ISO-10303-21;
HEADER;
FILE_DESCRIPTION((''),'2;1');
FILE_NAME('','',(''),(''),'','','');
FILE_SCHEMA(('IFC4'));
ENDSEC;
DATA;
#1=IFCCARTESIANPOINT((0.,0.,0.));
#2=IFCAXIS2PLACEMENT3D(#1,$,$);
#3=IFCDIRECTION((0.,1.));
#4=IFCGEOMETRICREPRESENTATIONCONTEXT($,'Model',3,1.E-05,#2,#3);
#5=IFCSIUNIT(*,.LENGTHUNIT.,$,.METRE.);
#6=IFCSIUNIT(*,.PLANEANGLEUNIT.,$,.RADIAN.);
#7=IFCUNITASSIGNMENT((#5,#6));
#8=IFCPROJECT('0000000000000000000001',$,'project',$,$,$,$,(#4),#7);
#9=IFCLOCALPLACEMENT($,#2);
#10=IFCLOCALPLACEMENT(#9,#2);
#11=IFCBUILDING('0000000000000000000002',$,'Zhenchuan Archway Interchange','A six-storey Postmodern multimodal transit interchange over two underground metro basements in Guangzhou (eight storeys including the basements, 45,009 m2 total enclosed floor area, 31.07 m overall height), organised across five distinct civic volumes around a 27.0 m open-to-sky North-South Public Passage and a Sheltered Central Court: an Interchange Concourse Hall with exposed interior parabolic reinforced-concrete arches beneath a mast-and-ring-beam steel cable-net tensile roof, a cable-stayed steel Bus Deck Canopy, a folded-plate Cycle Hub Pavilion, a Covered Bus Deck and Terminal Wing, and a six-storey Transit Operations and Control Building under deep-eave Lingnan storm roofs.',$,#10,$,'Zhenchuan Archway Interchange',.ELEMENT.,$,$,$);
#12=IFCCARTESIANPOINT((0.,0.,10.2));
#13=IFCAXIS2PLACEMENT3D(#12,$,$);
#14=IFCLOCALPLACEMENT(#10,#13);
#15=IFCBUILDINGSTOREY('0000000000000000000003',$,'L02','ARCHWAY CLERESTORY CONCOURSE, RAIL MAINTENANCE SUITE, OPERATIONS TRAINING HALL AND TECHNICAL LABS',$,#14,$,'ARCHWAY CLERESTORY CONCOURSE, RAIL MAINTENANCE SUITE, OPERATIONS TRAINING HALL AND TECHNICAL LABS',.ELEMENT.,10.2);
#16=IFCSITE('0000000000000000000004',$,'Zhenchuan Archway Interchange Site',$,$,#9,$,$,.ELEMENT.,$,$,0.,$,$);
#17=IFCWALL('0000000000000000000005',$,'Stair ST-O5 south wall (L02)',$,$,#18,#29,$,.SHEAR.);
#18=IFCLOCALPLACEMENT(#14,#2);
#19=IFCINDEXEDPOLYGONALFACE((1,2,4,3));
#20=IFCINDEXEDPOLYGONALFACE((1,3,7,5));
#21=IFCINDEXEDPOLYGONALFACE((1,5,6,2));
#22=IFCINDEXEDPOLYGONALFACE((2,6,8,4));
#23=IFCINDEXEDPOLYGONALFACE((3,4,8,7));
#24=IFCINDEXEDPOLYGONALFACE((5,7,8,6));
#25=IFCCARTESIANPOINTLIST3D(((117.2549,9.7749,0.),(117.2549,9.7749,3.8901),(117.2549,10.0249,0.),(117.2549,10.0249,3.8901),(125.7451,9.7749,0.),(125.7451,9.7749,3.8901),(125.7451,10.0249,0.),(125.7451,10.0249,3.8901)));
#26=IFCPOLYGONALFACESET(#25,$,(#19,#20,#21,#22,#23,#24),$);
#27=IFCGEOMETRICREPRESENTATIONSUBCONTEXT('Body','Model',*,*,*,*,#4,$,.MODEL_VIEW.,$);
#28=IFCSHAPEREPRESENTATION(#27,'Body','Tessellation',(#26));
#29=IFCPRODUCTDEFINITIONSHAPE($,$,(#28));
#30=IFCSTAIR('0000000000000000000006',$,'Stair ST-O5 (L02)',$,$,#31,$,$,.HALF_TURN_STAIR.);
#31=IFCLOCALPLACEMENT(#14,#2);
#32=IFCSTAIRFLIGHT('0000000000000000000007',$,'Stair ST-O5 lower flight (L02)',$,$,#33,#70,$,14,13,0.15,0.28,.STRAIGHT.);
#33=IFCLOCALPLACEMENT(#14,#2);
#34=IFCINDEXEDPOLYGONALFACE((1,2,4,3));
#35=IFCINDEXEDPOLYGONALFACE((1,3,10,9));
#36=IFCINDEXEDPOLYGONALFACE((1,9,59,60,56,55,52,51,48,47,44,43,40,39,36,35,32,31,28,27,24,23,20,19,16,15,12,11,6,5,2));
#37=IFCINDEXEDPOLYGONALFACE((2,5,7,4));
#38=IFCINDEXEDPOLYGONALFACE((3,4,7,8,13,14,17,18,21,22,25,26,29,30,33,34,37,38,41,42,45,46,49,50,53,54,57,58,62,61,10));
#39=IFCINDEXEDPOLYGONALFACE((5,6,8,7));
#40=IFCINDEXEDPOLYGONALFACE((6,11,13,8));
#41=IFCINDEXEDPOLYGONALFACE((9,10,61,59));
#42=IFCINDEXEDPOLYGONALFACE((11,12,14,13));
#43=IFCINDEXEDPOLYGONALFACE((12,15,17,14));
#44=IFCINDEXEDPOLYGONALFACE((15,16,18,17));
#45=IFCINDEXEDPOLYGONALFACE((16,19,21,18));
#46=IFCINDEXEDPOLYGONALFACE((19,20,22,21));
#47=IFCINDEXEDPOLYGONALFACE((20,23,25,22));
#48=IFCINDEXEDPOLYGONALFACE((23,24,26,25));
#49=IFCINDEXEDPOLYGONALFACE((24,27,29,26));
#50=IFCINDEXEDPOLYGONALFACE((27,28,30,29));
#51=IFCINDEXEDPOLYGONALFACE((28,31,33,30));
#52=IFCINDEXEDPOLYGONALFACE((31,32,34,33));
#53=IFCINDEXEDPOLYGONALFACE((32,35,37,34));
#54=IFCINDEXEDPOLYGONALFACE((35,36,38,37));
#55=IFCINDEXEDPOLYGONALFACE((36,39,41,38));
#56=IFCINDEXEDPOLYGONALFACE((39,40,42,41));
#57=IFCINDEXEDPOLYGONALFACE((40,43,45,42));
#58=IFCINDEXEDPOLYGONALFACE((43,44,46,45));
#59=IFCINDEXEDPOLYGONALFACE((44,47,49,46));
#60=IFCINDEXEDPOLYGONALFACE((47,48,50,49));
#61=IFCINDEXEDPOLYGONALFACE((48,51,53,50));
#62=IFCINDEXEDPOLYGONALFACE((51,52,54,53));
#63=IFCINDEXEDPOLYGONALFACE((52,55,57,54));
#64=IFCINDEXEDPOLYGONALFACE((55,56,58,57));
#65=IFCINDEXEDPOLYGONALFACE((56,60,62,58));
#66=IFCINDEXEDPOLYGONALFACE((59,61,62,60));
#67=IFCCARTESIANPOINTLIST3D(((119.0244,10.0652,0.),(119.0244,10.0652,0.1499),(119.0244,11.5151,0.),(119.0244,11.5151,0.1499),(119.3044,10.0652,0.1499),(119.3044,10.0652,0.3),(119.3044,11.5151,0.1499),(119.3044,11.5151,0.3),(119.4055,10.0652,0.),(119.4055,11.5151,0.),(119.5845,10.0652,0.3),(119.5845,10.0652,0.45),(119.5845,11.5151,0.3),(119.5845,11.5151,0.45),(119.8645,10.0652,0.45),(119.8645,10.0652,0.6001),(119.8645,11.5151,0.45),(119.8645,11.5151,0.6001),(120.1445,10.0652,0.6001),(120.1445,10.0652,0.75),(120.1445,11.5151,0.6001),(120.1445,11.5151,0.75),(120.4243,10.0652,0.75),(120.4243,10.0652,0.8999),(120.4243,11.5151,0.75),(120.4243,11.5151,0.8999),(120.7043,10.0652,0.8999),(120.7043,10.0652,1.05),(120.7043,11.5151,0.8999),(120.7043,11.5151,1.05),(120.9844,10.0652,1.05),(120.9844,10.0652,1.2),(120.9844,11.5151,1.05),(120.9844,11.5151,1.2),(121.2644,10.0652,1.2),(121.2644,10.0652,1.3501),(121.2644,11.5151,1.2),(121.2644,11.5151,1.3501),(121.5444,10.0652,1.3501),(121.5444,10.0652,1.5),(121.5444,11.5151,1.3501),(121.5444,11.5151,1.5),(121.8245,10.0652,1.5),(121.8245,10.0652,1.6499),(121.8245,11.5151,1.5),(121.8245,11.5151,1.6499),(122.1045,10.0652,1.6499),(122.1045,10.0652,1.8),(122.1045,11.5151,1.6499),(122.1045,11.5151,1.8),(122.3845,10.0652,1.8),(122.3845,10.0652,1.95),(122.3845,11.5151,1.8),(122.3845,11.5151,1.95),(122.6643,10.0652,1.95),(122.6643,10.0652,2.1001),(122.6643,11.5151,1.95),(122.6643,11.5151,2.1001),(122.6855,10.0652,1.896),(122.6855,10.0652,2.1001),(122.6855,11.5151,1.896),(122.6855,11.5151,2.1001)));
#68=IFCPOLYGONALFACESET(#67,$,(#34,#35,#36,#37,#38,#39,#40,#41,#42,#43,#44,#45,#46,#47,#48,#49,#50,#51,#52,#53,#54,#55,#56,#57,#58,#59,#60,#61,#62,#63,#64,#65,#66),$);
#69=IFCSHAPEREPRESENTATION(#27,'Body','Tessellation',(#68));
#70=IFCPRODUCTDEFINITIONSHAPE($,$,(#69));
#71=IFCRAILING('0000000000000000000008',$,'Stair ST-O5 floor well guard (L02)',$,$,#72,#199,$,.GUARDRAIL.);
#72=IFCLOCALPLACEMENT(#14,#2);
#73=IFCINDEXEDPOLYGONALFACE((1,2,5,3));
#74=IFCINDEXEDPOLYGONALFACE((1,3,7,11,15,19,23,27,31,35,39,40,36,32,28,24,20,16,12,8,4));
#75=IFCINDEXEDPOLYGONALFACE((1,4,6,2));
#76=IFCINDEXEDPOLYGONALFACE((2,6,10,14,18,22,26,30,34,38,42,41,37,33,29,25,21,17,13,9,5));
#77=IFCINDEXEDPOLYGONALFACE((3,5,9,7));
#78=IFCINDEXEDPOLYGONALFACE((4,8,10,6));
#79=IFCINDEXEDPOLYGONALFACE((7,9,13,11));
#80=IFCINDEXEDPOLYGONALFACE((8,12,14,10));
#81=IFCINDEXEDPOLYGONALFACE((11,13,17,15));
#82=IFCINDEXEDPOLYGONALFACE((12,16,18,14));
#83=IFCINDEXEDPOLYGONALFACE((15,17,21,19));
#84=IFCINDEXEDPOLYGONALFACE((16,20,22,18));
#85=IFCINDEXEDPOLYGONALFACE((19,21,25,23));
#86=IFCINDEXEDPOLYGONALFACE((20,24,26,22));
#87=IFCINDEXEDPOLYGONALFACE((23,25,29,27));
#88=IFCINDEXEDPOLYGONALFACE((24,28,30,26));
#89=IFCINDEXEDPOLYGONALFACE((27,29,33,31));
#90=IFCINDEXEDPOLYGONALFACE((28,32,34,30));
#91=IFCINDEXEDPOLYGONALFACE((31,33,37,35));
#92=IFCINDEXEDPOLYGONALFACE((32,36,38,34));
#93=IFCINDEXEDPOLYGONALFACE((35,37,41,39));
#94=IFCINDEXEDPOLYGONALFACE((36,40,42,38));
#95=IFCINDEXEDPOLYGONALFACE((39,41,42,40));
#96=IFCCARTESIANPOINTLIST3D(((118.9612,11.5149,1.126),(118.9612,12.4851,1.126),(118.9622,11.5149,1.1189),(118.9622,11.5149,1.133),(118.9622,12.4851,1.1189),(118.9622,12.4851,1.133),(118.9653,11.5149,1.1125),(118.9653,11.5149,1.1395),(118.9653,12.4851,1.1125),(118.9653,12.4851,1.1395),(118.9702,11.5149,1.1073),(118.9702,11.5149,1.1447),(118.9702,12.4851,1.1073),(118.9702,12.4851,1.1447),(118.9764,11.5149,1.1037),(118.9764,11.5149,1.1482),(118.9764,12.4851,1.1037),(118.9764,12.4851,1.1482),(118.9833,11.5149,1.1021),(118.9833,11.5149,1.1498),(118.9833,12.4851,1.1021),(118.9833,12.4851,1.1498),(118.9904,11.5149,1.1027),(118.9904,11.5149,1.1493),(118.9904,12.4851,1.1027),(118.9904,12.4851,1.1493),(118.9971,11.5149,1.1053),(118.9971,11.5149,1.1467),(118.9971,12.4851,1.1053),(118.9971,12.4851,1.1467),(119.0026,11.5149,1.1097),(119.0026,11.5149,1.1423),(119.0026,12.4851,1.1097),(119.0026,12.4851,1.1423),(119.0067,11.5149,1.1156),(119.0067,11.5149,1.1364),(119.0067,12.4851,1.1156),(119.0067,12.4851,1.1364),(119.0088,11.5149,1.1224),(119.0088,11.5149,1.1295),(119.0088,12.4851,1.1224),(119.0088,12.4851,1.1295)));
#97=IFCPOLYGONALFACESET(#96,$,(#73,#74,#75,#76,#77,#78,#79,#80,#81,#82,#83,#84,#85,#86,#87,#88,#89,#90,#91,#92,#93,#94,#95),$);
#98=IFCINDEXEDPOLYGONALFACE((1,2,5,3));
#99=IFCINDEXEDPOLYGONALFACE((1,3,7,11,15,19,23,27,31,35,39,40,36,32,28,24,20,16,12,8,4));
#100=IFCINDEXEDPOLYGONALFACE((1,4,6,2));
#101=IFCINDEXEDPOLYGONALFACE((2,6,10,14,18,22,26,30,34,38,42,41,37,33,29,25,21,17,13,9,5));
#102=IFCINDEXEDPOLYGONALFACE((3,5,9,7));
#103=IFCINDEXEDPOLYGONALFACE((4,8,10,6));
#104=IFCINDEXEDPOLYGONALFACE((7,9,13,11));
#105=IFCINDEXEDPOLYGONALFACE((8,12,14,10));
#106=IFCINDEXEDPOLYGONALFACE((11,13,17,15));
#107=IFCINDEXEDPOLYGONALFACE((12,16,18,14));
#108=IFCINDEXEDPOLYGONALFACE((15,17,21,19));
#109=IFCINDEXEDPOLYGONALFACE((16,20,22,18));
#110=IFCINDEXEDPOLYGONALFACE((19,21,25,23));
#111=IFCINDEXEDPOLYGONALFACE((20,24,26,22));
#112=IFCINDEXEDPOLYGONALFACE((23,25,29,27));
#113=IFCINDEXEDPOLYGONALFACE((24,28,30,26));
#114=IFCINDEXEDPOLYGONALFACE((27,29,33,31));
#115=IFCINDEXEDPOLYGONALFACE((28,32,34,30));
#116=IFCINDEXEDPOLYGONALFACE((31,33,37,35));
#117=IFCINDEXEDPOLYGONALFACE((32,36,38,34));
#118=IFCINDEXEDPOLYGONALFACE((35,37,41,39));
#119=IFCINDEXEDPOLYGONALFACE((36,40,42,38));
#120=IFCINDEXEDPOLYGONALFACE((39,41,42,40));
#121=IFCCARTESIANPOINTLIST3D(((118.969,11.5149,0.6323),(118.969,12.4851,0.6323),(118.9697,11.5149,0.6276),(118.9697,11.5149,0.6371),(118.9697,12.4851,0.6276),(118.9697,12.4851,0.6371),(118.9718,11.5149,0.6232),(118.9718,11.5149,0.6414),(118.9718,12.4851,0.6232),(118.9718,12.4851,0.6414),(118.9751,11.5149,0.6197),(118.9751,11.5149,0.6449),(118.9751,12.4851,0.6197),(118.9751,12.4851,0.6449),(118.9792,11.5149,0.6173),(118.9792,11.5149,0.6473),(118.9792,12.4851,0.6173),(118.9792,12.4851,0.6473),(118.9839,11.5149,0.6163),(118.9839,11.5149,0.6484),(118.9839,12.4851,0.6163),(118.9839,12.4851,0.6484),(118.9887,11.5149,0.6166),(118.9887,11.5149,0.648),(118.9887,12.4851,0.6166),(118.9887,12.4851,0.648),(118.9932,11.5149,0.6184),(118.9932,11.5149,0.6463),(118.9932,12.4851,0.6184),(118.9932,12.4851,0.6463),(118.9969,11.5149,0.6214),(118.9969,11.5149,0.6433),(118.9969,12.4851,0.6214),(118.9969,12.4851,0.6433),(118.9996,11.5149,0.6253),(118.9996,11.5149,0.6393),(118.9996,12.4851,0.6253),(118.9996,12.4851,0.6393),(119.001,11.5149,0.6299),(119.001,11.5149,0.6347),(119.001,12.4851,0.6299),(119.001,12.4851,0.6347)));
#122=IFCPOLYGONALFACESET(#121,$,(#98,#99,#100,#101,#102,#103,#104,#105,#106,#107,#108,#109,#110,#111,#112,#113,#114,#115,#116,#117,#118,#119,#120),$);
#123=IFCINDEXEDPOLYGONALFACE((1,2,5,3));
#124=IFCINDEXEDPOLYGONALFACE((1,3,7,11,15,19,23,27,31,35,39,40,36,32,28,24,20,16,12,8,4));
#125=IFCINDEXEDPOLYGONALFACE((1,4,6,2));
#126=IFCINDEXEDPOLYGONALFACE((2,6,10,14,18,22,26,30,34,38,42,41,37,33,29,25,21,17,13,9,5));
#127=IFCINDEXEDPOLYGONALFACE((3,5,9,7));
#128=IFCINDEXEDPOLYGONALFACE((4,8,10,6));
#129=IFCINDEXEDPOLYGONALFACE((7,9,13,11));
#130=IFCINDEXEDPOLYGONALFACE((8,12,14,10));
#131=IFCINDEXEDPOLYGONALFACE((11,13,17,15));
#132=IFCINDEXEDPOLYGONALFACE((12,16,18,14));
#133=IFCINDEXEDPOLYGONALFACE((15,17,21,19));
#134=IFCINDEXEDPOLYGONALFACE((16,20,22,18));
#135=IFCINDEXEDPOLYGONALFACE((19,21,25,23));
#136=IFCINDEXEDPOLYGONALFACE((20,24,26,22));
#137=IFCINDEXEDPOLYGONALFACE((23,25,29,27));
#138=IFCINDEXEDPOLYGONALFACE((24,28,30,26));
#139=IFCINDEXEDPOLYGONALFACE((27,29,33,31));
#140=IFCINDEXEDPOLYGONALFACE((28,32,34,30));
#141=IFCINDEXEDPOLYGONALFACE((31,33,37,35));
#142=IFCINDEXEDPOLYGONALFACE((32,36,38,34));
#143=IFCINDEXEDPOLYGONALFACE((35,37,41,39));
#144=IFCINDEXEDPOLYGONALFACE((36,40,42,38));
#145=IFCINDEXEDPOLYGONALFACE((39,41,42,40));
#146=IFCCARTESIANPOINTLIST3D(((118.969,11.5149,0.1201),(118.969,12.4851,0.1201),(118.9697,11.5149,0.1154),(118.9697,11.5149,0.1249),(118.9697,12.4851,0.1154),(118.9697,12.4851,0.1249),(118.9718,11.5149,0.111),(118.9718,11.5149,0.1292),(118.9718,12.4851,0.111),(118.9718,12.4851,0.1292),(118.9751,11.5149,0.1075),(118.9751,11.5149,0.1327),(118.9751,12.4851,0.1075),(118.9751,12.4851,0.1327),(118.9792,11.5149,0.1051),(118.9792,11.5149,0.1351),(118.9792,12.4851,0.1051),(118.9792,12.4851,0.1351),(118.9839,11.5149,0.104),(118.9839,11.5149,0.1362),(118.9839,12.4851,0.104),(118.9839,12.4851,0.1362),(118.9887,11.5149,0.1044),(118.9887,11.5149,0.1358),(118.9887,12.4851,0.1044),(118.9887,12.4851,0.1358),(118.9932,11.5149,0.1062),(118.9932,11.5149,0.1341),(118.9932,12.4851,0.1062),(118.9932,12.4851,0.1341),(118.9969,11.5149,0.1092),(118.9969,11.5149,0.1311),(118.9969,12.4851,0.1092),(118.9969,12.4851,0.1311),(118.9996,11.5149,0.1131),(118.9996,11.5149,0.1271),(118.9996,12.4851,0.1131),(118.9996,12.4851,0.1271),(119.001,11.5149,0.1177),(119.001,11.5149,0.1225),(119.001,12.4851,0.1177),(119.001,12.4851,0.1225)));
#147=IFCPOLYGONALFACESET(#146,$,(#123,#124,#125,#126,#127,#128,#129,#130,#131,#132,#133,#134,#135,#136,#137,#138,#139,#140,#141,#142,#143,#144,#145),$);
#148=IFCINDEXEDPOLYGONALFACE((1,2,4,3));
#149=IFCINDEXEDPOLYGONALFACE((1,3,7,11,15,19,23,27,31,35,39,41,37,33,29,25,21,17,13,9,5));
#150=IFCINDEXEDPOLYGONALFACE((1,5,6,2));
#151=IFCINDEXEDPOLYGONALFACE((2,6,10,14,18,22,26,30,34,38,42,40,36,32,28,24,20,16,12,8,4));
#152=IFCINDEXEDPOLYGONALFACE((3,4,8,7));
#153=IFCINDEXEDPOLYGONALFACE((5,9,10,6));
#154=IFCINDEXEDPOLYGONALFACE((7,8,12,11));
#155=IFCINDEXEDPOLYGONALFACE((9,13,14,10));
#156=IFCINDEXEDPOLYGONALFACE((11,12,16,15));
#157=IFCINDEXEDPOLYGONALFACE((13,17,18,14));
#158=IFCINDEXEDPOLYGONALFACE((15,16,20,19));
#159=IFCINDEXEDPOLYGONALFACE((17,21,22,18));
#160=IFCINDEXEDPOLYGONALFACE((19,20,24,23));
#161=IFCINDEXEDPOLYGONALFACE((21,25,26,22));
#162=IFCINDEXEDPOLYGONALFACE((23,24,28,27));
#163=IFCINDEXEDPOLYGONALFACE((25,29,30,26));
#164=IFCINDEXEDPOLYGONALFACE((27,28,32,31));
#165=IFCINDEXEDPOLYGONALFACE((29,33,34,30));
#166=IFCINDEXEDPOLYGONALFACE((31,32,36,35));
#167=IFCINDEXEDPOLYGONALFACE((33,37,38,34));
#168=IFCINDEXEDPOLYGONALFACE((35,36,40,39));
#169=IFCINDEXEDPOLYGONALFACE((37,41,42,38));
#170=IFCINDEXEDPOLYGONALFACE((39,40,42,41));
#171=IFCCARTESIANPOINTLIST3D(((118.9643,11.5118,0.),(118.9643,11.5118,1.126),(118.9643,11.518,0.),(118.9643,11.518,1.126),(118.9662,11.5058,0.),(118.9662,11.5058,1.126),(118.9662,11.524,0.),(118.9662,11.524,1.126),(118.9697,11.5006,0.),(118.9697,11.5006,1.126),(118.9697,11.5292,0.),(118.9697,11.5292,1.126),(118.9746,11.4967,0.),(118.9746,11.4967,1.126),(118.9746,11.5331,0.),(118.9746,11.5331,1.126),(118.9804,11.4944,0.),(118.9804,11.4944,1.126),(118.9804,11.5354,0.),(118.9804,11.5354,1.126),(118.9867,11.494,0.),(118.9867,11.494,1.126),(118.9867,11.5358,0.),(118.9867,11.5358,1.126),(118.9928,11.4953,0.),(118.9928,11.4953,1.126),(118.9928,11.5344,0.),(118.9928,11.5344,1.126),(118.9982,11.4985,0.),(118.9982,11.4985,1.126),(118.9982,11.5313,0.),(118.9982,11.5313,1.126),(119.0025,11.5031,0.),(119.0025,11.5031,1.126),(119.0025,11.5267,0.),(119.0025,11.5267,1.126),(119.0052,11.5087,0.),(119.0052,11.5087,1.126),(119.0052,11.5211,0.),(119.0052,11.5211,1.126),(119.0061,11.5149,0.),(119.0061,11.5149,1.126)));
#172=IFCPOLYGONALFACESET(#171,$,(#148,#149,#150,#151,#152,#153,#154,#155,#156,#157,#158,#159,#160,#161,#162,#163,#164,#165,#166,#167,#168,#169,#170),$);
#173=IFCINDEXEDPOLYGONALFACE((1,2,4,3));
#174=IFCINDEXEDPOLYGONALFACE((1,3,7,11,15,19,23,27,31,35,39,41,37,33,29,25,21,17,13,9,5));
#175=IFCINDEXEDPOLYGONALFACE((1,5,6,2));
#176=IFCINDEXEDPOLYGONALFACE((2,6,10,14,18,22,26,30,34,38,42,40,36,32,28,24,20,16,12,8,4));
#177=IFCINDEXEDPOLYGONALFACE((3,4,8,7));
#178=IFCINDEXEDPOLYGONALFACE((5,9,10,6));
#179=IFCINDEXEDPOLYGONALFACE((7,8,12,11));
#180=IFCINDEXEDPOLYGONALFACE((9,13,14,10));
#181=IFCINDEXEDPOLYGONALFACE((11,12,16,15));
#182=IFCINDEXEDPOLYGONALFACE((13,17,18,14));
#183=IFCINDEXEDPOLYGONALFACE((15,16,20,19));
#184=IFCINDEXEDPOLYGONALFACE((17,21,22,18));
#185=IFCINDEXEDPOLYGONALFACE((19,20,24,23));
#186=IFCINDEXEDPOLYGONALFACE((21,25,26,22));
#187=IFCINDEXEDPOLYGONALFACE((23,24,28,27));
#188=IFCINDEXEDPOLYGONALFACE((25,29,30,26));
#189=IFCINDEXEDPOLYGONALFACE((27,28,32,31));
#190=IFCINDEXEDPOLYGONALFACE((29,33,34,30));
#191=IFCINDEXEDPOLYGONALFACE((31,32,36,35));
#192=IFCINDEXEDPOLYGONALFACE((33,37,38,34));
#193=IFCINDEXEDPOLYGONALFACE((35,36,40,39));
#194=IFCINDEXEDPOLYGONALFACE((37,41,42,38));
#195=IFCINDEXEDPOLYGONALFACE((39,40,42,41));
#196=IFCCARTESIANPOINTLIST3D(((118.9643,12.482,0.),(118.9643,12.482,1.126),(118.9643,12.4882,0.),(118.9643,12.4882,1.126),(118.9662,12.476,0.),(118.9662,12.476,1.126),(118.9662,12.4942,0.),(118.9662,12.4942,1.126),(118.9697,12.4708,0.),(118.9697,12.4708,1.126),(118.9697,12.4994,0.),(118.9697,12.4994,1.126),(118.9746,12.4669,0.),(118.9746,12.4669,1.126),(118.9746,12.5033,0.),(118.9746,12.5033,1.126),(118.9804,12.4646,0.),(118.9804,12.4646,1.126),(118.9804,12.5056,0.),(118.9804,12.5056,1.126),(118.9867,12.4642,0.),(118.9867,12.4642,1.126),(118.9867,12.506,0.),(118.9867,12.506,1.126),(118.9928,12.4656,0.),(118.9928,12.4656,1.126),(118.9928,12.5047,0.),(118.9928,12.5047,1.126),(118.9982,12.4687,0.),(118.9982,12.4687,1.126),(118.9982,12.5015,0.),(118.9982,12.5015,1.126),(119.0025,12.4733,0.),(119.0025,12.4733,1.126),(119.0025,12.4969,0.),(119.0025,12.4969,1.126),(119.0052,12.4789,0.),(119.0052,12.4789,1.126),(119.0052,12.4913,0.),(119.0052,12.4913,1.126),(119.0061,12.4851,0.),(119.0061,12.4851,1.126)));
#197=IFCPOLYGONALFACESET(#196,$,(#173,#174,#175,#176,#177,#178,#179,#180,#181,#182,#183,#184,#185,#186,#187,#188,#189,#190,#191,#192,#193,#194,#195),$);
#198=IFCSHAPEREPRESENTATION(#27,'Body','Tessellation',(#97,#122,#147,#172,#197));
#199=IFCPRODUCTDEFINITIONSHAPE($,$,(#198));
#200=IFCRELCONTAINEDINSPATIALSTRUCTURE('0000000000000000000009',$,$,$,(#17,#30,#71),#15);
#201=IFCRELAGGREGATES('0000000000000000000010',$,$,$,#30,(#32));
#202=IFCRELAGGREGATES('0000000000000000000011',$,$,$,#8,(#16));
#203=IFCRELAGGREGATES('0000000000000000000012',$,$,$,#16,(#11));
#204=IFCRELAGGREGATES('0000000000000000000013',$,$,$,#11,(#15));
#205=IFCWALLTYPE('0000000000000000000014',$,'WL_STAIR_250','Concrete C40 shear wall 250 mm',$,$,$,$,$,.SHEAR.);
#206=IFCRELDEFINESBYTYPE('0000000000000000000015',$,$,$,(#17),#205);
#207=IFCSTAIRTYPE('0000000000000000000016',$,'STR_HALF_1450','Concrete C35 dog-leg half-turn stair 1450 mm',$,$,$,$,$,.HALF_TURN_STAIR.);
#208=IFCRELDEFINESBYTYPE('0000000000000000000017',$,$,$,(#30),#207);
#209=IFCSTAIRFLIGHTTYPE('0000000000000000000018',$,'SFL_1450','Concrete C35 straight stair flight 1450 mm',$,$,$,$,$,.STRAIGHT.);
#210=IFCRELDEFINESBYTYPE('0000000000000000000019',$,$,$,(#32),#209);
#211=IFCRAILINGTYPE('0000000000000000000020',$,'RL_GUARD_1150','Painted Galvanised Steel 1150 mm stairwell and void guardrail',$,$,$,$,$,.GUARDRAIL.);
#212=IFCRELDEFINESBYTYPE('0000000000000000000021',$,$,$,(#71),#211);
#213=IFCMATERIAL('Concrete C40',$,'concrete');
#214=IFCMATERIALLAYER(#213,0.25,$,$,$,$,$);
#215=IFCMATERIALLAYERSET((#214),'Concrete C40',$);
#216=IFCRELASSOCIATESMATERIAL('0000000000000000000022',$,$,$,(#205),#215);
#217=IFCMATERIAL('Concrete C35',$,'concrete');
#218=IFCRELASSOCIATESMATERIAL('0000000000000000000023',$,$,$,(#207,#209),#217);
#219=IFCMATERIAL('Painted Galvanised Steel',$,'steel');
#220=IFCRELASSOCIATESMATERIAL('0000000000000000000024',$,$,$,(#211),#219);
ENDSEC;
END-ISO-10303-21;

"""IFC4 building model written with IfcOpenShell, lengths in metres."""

from ifc_helpers import new_model, si_unit, direction, frame, frame_2d, origin, origin_2d, place, context, subcontext, project, spatial, polyline, rectangle, circle, outline, extrude, material, layer, layer_set, type_object, element, aggregate, save


model = new_model("IFC4")

# Units and contexts
model_context = context("Model", 3, precision=1e-05, world=origin(), true_north=direction((0.0, 1.0)))
body_context = subcontext(model_context, "Body", "Model", "MODEL_VIEW")
ifc_project = project(units=[si_unit("LENGTHUNIT", "METRE"), si_unit("PLANEANGLEUNIT", "RADIAN")], contexts=[model_context])

# Site, building, storey
site_placement = place(None, origin())
site = spatial("IfcSite", under=ifc_project, at=site_placement, Name="Zhenchuan Archway Interchange Site", CompositionType="ELEMENT", RefElevation=0.0)
building_placement = place(site_placement, origin())
building = spatial("IfcBuilding", under=site, at=building_placement, Name="Zhenchuan Archway Interchange", Description="A six-storey Postmodern multimodal transit interchange over two underground metro basements in Guangzhou (eight storeys including the basements, 45,009 m2 total enclosed floor area, 31.07 m overall height), organised across five distinct civic volumes around a 27.0 m open-to-sky North-South Public Passage and a Sheltered Central Court: an Interchange Concourse Hall with exposed interior parabolic reinforced-concrete arches beneath a mast-and-ring-beam steel cable-net tensile roof, a cable-stayed steel Bus Deck Canopy, a folded-plate Cycle Hub Pavilion, a Covered Bus Deck and Terminal Wing, and a six-storey Transit Operations and Control Building under deep-eave Lingnan storm roofs.", LongName="Zhenchuan Archway Interchange", CompositionType="ELEMENT")
storey_placement = place(building_placement, frame((0.0, 0.0, 10.2)))
storey = spatial("IfcBuildingStorey", under=building, at=storey_placement, Name="L02", Description="ARCHWAY CLERESTORY CONCOURSE, RAIL MAINTENANCE SUITE, OPERATIONS TRAINING HALL AND TECHNICAL LABS", LongName="ARCHWAY CLERESTORY CONCOURSE, RAIL MAINTENANCE SUITE, OPERATIONS TRAINING HALL AND TECHNICAL LABS", CompositionType="ELEMENT", Elevation=10.2)

# Shared definitions
ifc_material_1 = material(Name="Concrete C40", Category="concrete")

# Wall
ifc_layer_1 = layer(ifc_material_1, 0.25)
ifc_layer_set_1 = layer_set([ifc_layer_1], Name="Concrete C40")
wall_type = type_object("IfcWallType", Name="WL_STAIR_250", Description="Concrete C40 shear wall 250 mm", PredefinedType="SHEAR", material=ifc_layer_set_1)
wall_placement = place(storey_placement, frame((117.2549, 9.8999, 0.0), z_axis=(0.0, 0.0, 1.0), x_axis=(1.0, 0.0, 0.0)))
element("IfcWall", 1, at=wall_placement, inside=storey, type_object=wall_type, Name="Stair ST-O5 south wall (L02)", PredefinedType="SHEAR", context=body_context, shape_type="SweptSolid", body=[
    extrude(rectangle(XDim=8.4902, YDim=0.25, at=frame_2d((4.2451, 0.0))), origin(), (0.0, 0.0, 1.0), 3.8901),
])

# Stair, stair flight
ifc_material_2 = material(Name="Concrete C35", Category="concrete")
stair_type = type_object("IfcStairType", Name="STR_HALF_1450", Description="Concrete C35 dog-leg half-turn stair 1450 mm", PredefinedType="HALF_TURN_STAIR", material=ifc_material_2)
stair_placement = place(storey_placement, origin())
stair = element("IfcStair", 2, at=stair_placement, inside=storey, type_object=stair_type, Name="Stair ST-O5 (L02)", PredefinedType="HALF_TURN_STAIR")
stair_flight_type = type_object("IfcStairFlightType", Name="SFL_1450", Description="Concrete C35 straight stair flight 1450 mm", PredefinedType="STRAIGHT", material=ifc_material_2)
stair_flight_placement = place(storey_placement, frame((119.0244, 10.79, 0.0), z_axis=(0.0, 0.0, 1.0), x_axis=(1.0, 0.0, 0.0)))
stair_flight = element("IfcStairFlight", 3, at=stair_flight_placement, type_object=stair_flight_type, Name="Stair ST-O5 lower flight (L02)", NumberOfRisers=14, NumberOfTreads=13, PredefinedType="STRAIGHT", RiserHeight=0.15, TreadLength=0.28, context=body_context, shape_type="SweptSolid", body=[
    extrude(outline(polyline([(0.0, 0.0), (0.0, 0.1499), (0.28, 0.1499), (0.28, 0.3), (0.5601, 0.3), (0.5601, 0.45), (0.8401, 0.45), (0.8401, 0.6001), (1.1201, 0.6001), (1.1201, 0.75), (1.3999, 0.75), (1.3999, 0.8999), (1.6799, 0.8999), (1.6799, 1.05), (1.96, 1.05), (1.96, 1.2), (2.24, 1.2), (2.24, 1.3501), (2.52, 1.3501), (2.52, 1.5), (2.8, 1.5), (2.8, 1.6499), (3.0801, 1.6499), (3.0801, 1.8), (3.3601, 1.8), (3.3601, 1.95), (3.6399, 1.95), (3.6399, 2.1001), (3.6611, 2.1001), (3.6611, 1.896), (0.3811, 0.0), (0.0, 0.0)])), frame((0.0, 0.7251, 0.0), z_axis=(0.0, -1.0, 0.0), x_axis=(1.0, 0.0, 0.0)), (0.0, 0.0, 1.0), 1.45),
])
aggregate(stair, [stair_flight])

# Railing
ifc_material_3 = material(Name="Painted Galvanised Steel", Category="steel")
railing_type_1 = type_object("IfcRailingType", Name="RL_GUARD_1150", Description="Painted Galvanised Steel 1150 mm stairwell and void guardrail", PredefinedType="GUARDRAIL", material=ifc_material_3)
railing_placement = place(storey_placement, frame((118.9851, 11.5149, 0.0)))
element("IfcRailing", 4, at=railing_placement, inside=storey, type_object=railing_type_1, Name="Stair ST-O5 floor well guard (L02)", PredefinedType="GUARDRAIL", context=body_context, shape_type="SweptSolid", body=[
    extrude(circle(Radius=0.0239, at=origin_2d()), frame((0.0, 0.0, 1.126), z_axis=(0.0, 1.0, 0.0), x_axis=(-1.0, 0.0, 0.0)), (0.0, 0.0, 1.0), 0.9702),
    extrude(circle(Radius=0.0161, at=origin_2d()), frame((0.0, 0.0, 0.6323), z_axis=(0.0, 1.0, 0.0), x_axis=(-1.0, 0.0, 0.0)), (0.0, 0.0, 1.0), 0.9702),
    extrude(circle(Radius=0.0161, at=origin_2d()), frame((0.0, 0.0, 0.1201), z_axis=(0.0, 1.0, 0.0), x_axis=(-1.0, 0.0, 0.0)), (0.0, 0.0, 1.0), 0.9702),
    extrude(circle(Radius=0.021, at=origin_2d()), origin(), (0.0, 0.0, 1.0), 1.126),
    extrude(circle(Radius=0.021, at=origin_2d()), frame((0.0, 0.9702, 0.0)), (0.0, 0.0, 1.0), 1.126),
])

save(model, "model.ifc")
